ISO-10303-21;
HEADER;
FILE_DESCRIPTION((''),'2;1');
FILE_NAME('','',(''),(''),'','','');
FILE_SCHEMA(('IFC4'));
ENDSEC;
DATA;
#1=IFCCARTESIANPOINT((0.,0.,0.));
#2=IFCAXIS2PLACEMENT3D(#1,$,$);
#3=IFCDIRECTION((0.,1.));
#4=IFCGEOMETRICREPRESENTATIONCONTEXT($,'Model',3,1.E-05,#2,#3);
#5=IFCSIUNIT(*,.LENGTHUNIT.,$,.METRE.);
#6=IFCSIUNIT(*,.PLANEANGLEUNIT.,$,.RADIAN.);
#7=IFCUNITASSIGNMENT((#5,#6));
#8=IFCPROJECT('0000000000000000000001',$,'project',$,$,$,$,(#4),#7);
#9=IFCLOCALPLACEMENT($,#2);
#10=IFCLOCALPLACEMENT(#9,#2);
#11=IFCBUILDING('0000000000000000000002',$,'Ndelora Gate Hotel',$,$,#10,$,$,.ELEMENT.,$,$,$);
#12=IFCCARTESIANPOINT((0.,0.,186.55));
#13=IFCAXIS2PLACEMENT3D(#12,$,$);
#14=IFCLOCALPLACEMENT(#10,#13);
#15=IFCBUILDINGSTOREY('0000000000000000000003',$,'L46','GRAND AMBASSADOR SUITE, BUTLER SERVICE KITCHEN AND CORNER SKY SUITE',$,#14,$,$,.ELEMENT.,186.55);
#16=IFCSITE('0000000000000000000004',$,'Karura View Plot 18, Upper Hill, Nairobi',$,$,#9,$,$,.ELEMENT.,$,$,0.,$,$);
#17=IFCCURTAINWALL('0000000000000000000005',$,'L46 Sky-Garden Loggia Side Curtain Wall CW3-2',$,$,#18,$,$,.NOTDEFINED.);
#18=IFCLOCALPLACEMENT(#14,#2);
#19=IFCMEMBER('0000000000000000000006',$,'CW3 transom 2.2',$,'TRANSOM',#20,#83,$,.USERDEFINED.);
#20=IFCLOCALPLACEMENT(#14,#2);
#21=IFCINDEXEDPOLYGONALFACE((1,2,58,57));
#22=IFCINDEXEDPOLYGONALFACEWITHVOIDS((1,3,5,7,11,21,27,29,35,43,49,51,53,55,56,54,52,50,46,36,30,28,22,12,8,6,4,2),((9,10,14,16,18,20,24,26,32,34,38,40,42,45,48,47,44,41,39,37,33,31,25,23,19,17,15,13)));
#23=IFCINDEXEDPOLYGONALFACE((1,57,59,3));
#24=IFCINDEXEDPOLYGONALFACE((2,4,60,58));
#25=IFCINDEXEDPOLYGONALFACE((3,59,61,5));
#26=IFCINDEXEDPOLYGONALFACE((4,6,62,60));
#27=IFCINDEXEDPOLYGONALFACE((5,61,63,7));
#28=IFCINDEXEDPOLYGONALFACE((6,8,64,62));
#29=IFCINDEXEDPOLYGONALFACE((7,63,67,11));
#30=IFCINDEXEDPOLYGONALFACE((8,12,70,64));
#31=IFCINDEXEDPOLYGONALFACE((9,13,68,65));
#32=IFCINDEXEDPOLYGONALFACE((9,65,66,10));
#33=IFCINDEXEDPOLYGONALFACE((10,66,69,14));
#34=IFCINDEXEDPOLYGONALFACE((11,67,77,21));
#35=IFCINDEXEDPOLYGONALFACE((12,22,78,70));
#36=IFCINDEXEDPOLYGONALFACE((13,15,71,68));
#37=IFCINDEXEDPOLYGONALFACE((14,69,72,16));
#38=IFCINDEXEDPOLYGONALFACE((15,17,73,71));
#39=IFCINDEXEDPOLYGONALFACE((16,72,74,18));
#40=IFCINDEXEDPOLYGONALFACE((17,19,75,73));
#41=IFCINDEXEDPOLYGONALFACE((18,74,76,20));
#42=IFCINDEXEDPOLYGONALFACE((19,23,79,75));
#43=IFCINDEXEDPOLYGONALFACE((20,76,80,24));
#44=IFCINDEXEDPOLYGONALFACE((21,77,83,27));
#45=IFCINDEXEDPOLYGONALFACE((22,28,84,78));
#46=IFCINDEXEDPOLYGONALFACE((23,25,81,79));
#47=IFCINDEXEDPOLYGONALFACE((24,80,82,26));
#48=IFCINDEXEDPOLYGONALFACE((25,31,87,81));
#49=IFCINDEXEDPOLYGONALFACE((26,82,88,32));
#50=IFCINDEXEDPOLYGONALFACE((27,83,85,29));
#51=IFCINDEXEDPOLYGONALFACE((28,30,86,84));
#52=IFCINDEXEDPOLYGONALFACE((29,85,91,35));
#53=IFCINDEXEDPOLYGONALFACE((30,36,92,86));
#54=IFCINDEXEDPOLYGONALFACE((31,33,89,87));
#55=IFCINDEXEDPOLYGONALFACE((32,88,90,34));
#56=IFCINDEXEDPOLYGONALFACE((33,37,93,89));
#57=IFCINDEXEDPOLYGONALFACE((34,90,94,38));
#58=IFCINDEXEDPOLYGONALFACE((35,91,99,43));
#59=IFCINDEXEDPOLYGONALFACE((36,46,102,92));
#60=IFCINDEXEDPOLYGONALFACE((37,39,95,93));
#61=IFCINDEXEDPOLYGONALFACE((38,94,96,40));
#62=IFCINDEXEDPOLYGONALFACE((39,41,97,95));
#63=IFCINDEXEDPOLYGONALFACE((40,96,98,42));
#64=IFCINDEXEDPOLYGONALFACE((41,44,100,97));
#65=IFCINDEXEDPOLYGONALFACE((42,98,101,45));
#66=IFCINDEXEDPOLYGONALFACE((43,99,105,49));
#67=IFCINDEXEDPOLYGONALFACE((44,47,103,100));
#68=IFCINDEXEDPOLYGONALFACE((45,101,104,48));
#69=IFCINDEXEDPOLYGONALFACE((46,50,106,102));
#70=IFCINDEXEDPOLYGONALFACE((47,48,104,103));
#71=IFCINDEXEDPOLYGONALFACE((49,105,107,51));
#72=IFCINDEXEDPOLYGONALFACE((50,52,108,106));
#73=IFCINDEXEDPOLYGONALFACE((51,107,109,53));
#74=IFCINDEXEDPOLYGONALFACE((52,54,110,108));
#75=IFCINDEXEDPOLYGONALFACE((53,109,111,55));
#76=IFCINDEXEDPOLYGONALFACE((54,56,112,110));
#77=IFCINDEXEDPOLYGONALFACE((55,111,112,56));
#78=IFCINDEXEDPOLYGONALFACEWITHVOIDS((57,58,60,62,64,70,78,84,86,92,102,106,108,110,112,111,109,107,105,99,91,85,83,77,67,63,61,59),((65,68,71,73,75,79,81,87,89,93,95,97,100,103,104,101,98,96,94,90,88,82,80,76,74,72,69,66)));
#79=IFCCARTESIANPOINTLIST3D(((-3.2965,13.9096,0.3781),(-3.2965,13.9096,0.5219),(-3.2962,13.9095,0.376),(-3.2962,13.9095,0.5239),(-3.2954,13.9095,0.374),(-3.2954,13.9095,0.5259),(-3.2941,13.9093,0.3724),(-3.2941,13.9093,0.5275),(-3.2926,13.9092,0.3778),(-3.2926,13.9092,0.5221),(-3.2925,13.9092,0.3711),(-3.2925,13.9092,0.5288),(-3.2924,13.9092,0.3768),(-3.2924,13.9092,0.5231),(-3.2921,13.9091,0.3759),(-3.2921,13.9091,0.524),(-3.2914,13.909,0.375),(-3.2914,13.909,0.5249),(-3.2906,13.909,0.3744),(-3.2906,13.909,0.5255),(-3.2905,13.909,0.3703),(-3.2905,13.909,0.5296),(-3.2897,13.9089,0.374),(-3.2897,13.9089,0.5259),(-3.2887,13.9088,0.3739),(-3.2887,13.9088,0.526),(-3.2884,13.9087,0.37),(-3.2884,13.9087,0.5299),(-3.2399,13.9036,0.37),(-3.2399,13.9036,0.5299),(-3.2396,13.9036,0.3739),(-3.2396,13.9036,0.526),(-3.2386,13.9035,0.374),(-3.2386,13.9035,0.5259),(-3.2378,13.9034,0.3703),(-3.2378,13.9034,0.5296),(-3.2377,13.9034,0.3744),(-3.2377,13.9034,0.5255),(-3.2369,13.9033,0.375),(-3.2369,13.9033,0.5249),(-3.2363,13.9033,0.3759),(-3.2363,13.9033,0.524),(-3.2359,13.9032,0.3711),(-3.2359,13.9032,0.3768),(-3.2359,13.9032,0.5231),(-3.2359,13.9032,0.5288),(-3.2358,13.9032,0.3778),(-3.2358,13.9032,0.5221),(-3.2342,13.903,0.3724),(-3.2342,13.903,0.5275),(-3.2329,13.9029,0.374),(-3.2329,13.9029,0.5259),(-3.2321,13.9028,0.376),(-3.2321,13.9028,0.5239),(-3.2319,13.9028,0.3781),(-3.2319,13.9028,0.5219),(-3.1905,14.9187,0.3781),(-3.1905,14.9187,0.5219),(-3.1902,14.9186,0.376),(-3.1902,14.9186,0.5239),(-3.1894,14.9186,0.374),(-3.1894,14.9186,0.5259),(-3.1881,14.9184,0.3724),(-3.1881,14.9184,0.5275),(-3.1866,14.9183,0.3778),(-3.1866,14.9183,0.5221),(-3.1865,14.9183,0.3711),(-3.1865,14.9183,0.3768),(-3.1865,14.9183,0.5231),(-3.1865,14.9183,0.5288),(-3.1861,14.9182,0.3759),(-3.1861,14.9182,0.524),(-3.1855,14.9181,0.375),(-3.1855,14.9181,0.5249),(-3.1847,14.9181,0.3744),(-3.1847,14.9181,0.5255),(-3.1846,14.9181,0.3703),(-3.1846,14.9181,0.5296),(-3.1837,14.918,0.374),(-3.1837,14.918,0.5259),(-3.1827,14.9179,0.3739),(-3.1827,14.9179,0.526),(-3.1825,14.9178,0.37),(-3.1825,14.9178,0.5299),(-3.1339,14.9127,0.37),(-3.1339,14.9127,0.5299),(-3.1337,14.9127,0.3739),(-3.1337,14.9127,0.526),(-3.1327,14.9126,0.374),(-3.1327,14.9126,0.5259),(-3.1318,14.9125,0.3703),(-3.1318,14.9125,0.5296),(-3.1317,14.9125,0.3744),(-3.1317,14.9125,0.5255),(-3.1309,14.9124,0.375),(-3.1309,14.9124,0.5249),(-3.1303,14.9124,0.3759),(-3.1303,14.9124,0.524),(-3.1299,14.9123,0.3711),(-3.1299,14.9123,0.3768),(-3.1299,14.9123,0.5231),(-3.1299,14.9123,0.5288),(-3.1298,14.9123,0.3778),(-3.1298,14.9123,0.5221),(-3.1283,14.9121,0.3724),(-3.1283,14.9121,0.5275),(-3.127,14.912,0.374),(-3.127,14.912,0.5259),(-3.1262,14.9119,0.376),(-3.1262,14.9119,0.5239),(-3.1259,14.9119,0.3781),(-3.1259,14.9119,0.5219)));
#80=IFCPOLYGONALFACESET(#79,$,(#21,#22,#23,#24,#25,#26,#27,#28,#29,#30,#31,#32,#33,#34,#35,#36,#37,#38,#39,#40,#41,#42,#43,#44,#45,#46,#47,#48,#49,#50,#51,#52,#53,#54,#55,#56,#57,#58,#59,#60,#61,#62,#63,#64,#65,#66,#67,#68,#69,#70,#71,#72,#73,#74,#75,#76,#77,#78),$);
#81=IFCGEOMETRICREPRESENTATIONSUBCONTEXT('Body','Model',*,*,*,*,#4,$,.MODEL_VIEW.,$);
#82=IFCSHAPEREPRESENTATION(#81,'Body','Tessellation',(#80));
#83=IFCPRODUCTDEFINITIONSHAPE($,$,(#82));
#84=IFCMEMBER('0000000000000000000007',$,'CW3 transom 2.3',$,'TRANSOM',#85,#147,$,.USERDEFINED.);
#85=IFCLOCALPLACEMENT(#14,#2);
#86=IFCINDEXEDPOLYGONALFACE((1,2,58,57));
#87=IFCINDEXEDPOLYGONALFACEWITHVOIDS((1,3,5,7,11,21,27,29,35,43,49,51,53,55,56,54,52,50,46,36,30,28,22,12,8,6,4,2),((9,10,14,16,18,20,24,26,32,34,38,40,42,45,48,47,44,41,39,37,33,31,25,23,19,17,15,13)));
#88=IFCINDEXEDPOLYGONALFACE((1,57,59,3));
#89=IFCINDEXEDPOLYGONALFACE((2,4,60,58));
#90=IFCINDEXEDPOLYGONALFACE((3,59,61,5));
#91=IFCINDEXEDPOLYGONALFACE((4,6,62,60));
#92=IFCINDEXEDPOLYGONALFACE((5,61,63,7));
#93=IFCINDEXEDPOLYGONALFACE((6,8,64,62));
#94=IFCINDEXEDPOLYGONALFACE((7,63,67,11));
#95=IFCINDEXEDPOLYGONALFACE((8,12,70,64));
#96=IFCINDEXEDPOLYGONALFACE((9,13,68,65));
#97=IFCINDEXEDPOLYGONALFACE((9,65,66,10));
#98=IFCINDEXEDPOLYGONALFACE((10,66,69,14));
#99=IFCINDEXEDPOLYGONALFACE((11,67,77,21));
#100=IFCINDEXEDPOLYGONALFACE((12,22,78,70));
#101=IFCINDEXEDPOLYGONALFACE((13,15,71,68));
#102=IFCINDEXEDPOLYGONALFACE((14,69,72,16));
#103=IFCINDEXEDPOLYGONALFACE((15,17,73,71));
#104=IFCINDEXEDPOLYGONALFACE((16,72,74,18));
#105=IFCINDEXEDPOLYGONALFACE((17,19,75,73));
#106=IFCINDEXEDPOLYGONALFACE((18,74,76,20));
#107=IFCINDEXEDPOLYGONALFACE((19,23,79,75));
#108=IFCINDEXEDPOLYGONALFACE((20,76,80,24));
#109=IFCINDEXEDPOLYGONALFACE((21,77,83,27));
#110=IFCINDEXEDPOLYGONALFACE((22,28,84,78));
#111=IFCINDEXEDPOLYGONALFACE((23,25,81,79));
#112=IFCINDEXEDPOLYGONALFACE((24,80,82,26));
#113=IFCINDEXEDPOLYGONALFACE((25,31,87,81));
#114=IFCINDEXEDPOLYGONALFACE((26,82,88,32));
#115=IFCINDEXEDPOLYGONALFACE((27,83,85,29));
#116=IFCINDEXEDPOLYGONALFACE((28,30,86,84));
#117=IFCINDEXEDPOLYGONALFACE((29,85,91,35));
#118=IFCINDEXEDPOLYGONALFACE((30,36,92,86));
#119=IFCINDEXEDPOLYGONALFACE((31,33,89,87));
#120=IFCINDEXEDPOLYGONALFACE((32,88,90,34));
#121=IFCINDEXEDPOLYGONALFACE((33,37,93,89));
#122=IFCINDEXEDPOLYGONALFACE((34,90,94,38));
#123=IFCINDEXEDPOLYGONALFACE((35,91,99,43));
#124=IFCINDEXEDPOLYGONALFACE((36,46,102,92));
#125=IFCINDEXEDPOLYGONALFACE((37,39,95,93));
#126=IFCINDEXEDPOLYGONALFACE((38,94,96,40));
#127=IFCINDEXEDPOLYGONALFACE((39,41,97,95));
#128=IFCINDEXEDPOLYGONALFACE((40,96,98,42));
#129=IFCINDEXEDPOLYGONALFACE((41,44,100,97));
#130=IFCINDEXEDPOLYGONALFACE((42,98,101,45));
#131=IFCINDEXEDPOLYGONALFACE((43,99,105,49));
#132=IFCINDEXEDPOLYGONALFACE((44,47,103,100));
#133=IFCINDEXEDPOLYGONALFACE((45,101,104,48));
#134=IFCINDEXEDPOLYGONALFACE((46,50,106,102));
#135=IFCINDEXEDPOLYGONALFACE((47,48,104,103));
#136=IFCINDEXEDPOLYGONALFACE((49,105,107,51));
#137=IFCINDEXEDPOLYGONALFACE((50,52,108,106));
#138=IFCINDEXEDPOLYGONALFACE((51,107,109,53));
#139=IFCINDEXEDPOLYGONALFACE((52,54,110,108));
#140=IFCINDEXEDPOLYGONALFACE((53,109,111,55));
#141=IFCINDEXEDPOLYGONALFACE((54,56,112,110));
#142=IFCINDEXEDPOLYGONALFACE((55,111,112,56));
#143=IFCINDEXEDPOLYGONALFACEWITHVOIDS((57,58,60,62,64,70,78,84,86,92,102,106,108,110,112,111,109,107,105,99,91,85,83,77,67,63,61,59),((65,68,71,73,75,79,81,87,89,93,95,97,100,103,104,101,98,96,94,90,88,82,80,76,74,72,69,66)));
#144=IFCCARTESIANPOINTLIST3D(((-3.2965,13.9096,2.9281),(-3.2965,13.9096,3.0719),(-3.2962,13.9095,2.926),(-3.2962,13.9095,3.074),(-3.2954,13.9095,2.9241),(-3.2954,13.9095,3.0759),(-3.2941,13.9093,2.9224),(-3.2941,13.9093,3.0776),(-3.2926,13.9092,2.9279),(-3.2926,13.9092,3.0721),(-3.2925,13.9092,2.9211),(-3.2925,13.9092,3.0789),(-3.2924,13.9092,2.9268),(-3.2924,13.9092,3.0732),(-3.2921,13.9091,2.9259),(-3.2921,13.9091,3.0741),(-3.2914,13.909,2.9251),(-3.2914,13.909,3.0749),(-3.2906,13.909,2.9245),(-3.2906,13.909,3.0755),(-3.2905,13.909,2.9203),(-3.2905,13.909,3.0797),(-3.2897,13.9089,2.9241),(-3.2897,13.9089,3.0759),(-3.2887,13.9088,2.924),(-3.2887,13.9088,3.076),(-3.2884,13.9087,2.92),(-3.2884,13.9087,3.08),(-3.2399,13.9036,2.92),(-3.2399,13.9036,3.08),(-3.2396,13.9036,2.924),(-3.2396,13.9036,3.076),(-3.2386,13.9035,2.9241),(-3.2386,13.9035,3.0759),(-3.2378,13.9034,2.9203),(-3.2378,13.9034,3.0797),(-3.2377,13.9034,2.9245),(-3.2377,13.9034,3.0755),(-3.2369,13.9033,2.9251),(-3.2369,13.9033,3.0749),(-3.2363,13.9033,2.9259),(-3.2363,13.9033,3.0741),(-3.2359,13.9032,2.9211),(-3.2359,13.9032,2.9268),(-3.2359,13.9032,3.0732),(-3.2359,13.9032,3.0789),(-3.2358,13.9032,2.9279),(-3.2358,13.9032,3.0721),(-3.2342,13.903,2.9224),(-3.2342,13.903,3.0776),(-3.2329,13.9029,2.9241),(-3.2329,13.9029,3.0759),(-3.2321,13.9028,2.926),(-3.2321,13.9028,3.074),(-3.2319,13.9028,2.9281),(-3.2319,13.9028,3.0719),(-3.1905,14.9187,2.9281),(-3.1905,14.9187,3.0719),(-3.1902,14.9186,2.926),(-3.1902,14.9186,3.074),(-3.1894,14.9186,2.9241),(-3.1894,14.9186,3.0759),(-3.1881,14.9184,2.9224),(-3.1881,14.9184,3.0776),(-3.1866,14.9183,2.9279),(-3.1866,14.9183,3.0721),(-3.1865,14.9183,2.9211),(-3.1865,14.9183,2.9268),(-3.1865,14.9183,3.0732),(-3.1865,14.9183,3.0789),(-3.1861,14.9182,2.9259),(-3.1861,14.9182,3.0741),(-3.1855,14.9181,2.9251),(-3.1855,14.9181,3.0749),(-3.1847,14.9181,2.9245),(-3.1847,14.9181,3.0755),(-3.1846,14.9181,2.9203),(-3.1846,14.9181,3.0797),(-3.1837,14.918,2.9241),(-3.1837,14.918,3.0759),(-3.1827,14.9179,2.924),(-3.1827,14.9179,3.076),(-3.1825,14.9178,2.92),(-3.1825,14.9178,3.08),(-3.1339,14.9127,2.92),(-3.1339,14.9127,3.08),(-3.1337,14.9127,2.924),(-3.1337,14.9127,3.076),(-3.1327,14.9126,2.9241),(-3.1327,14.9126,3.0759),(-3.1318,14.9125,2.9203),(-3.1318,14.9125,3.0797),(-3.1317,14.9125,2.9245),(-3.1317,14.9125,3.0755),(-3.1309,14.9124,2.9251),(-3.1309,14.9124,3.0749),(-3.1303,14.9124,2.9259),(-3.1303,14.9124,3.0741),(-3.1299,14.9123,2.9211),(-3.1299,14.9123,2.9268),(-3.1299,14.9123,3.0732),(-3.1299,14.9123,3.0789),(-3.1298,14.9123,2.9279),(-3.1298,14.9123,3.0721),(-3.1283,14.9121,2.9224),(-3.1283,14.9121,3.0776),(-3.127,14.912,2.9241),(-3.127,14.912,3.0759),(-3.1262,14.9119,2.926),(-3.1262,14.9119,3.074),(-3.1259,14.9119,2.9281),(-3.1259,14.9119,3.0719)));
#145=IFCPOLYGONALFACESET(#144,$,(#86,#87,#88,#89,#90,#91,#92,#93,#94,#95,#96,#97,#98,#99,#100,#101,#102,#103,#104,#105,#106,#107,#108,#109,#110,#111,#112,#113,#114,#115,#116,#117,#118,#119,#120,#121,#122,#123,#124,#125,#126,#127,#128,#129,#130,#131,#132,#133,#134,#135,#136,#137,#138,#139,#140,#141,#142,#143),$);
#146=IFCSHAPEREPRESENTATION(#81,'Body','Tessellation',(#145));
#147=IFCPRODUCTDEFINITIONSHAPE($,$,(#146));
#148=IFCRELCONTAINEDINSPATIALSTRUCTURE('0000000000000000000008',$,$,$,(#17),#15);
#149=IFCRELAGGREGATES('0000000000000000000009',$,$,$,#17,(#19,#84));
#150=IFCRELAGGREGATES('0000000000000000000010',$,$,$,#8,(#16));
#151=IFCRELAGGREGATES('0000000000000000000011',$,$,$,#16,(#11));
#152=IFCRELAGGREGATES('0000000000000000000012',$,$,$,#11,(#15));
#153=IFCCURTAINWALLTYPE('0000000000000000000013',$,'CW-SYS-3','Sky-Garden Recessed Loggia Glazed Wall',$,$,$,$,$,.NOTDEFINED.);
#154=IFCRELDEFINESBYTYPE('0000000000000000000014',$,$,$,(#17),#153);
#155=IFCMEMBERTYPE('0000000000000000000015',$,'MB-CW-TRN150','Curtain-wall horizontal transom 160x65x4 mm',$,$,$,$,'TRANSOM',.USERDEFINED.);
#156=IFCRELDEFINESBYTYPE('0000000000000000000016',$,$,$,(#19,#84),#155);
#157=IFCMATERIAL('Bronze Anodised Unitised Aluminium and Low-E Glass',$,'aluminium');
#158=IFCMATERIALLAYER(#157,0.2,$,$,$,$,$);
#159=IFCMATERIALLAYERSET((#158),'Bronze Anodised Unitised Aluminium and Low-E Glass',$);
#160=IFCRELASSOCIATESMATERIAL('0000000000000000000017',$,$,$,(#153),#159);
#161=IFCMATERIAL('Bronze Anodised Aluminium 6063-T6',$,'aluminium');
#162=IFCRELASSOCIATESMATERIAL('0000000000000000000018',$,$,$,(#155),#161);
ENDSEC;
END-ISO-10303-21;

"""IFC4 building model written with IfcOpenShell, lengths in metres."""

from ifc_helpers import new_model, si_unit, direction, frame, origin, origin_2d, place, context, subcontext, project, spatial, hollow_rectangle, extrude, material, layer, layer_set, material_profile, profile_set, type_object, element, aggregate, save


model = new_model("IFC4")

# Units and contexts
model_context = context("Model", 3, precision=1e-05, world=origin(), true_north=direction((0.0, 1.0)))
body_context = subcontext(model_context, "Body", "Model", "MODEL_VIEW")
ifc_project = project(units=[si_unit("LENGTHUNIT", "METRE"), si_unit("PLANEANGLEUNIT", "RADIAN")], contexts=[model_context])

# Site, building, storey
site_placement = place(None, origin())
site = spatial("IfcSite", under=ifc_project, at=site_placement, Name="Karura View Plot 18, Upper Hill, Nairobi", CompositionType="ELEMENT", RefElevation=0.0)
building_placement = place(site_placement, origin())
building = spatial("IfcBuilding", under=site, at=building_placement, Name="Ndelora Gate Hotel", CompositionType="ELEMENT")
storey_placement = place(building_placement, frame((0.0, 0.0, 186.55)))
storey = spatial("IfcBuildingStorey", under=building, at=storey_placement, Name="L46", Description="GRAND AMBASSADOR SUITE, BUTLER SERVICE KITCHEN AND CORNER SKY SUITE", CompositionType="ELEMENT", Elevation=186.55)

# Curtain wall, members
ifc_material_1 = material(Name="Bronze Anodised Unitised Aluminium and Low-E Glass", Category="aluminium")
ifc_layer_1 = layer(ifc_material_1, 0.2)
ifc_layer_set_1 = layer_set([ifc_layer_1], Name="Bronze Anodised Unitised Aluminium and Low-E Glass")
curtain_wall_type = type_object("IfcCurtainWallType", Name="CW-SYS-3", Description="Sky-Garden Recessed Loggia Glazed Wall", PredefinedType="NOTDEFINED", material=ifc_layer_set_1)
curtain_wall_placement = place(storey_placement, origin())
curtain_wall = element("IfcCurtainWall", 1, at=curtain_wall_placement, inside=storey, type_object=curtain_wall_type, Name="L46 Sky-Garden Loggia Side Curtain Wall CW3-2", PredefinedType="NOTDEFINED")
ifc_material_2 = material(Name="Bronze Anodised Aluminium 6063-T6", Category="aluminium")
ifc_material_profile_1 = material_profile(ifc_material_2, hollow_rectangle(XDim=0.0649, YDim=0.1599, WallThickness=0.0039, InnerFilletRadius=0.0039, OuterFilletRadius=0.0081, at=origin_2d()), Name="ALU 160x65x4")
ifc_profile_set_1 = profile_set([ifc_material_profile_1], Name="Bronze Anodised Aluminium 6063-T6")
member_type_1 = type_object("IfcMemberType", Name="MB-CW-TRN150", Description="Curtain-wall horizontal transom 160x65x4 mm", ElementType="TRANSOM", PredefinedType="USERDEFINED", material=ifc_profile_set_1)
member_1_placement = place(storey_placement, frame((-3.1582, 14.9153, 0.45), z_axis=(-0.104434, -0.994532, 0.0), x_axis=(0.994532, -0.104434, 0.0)))
member_1 = element("IfcMember", 2, at=member_1_placement, type_object=member_type_1, Name="CW3 transom 2.2", ObjectType="TRANSOM", PredefinedType="USERDEFINED", context=body_context, shape_type="SweptSolid", body=[
    extrude(hollow_rectangle(XDim=0.0649, YDim=0.1599, WallThickness=0.0039, InnerFilletRadius=0.0039, OuterFilletRadius=0.0081, at=origin_2d()), origin(), (0.0, 0.0, 1.0), 1.0146),
])
member_2_placement = place(storey_placement, frame((-3.1582, 14.9153, 3.0), z_axis=(-0.104434, -0.994532, 0.0), x_axis=(0.994532, -0.104434, 0.0)))
member_2 = element("IfcMember", 3, at=member_2_placement, type_object=member_type_1, Name="CW3 transom 2.3", ObjectType="TRANSOM", PredefinedType="USERDEFINED", context=body_context, shape_type="SweptSolid", body=[
    extrude(hollow_rectangle(XDim=0.0649, YDim=0.1599, WallThickness=0.0039, InnerFilletRadius=0.0039, OuterFilletRadius=0.0081, at=origin_2d()), origin(), (0.0, 0.0, 1.0), 1.0146),
])
aggregate(curtain_wall, [member_1, member_2])

save(model, "model.ifc")
